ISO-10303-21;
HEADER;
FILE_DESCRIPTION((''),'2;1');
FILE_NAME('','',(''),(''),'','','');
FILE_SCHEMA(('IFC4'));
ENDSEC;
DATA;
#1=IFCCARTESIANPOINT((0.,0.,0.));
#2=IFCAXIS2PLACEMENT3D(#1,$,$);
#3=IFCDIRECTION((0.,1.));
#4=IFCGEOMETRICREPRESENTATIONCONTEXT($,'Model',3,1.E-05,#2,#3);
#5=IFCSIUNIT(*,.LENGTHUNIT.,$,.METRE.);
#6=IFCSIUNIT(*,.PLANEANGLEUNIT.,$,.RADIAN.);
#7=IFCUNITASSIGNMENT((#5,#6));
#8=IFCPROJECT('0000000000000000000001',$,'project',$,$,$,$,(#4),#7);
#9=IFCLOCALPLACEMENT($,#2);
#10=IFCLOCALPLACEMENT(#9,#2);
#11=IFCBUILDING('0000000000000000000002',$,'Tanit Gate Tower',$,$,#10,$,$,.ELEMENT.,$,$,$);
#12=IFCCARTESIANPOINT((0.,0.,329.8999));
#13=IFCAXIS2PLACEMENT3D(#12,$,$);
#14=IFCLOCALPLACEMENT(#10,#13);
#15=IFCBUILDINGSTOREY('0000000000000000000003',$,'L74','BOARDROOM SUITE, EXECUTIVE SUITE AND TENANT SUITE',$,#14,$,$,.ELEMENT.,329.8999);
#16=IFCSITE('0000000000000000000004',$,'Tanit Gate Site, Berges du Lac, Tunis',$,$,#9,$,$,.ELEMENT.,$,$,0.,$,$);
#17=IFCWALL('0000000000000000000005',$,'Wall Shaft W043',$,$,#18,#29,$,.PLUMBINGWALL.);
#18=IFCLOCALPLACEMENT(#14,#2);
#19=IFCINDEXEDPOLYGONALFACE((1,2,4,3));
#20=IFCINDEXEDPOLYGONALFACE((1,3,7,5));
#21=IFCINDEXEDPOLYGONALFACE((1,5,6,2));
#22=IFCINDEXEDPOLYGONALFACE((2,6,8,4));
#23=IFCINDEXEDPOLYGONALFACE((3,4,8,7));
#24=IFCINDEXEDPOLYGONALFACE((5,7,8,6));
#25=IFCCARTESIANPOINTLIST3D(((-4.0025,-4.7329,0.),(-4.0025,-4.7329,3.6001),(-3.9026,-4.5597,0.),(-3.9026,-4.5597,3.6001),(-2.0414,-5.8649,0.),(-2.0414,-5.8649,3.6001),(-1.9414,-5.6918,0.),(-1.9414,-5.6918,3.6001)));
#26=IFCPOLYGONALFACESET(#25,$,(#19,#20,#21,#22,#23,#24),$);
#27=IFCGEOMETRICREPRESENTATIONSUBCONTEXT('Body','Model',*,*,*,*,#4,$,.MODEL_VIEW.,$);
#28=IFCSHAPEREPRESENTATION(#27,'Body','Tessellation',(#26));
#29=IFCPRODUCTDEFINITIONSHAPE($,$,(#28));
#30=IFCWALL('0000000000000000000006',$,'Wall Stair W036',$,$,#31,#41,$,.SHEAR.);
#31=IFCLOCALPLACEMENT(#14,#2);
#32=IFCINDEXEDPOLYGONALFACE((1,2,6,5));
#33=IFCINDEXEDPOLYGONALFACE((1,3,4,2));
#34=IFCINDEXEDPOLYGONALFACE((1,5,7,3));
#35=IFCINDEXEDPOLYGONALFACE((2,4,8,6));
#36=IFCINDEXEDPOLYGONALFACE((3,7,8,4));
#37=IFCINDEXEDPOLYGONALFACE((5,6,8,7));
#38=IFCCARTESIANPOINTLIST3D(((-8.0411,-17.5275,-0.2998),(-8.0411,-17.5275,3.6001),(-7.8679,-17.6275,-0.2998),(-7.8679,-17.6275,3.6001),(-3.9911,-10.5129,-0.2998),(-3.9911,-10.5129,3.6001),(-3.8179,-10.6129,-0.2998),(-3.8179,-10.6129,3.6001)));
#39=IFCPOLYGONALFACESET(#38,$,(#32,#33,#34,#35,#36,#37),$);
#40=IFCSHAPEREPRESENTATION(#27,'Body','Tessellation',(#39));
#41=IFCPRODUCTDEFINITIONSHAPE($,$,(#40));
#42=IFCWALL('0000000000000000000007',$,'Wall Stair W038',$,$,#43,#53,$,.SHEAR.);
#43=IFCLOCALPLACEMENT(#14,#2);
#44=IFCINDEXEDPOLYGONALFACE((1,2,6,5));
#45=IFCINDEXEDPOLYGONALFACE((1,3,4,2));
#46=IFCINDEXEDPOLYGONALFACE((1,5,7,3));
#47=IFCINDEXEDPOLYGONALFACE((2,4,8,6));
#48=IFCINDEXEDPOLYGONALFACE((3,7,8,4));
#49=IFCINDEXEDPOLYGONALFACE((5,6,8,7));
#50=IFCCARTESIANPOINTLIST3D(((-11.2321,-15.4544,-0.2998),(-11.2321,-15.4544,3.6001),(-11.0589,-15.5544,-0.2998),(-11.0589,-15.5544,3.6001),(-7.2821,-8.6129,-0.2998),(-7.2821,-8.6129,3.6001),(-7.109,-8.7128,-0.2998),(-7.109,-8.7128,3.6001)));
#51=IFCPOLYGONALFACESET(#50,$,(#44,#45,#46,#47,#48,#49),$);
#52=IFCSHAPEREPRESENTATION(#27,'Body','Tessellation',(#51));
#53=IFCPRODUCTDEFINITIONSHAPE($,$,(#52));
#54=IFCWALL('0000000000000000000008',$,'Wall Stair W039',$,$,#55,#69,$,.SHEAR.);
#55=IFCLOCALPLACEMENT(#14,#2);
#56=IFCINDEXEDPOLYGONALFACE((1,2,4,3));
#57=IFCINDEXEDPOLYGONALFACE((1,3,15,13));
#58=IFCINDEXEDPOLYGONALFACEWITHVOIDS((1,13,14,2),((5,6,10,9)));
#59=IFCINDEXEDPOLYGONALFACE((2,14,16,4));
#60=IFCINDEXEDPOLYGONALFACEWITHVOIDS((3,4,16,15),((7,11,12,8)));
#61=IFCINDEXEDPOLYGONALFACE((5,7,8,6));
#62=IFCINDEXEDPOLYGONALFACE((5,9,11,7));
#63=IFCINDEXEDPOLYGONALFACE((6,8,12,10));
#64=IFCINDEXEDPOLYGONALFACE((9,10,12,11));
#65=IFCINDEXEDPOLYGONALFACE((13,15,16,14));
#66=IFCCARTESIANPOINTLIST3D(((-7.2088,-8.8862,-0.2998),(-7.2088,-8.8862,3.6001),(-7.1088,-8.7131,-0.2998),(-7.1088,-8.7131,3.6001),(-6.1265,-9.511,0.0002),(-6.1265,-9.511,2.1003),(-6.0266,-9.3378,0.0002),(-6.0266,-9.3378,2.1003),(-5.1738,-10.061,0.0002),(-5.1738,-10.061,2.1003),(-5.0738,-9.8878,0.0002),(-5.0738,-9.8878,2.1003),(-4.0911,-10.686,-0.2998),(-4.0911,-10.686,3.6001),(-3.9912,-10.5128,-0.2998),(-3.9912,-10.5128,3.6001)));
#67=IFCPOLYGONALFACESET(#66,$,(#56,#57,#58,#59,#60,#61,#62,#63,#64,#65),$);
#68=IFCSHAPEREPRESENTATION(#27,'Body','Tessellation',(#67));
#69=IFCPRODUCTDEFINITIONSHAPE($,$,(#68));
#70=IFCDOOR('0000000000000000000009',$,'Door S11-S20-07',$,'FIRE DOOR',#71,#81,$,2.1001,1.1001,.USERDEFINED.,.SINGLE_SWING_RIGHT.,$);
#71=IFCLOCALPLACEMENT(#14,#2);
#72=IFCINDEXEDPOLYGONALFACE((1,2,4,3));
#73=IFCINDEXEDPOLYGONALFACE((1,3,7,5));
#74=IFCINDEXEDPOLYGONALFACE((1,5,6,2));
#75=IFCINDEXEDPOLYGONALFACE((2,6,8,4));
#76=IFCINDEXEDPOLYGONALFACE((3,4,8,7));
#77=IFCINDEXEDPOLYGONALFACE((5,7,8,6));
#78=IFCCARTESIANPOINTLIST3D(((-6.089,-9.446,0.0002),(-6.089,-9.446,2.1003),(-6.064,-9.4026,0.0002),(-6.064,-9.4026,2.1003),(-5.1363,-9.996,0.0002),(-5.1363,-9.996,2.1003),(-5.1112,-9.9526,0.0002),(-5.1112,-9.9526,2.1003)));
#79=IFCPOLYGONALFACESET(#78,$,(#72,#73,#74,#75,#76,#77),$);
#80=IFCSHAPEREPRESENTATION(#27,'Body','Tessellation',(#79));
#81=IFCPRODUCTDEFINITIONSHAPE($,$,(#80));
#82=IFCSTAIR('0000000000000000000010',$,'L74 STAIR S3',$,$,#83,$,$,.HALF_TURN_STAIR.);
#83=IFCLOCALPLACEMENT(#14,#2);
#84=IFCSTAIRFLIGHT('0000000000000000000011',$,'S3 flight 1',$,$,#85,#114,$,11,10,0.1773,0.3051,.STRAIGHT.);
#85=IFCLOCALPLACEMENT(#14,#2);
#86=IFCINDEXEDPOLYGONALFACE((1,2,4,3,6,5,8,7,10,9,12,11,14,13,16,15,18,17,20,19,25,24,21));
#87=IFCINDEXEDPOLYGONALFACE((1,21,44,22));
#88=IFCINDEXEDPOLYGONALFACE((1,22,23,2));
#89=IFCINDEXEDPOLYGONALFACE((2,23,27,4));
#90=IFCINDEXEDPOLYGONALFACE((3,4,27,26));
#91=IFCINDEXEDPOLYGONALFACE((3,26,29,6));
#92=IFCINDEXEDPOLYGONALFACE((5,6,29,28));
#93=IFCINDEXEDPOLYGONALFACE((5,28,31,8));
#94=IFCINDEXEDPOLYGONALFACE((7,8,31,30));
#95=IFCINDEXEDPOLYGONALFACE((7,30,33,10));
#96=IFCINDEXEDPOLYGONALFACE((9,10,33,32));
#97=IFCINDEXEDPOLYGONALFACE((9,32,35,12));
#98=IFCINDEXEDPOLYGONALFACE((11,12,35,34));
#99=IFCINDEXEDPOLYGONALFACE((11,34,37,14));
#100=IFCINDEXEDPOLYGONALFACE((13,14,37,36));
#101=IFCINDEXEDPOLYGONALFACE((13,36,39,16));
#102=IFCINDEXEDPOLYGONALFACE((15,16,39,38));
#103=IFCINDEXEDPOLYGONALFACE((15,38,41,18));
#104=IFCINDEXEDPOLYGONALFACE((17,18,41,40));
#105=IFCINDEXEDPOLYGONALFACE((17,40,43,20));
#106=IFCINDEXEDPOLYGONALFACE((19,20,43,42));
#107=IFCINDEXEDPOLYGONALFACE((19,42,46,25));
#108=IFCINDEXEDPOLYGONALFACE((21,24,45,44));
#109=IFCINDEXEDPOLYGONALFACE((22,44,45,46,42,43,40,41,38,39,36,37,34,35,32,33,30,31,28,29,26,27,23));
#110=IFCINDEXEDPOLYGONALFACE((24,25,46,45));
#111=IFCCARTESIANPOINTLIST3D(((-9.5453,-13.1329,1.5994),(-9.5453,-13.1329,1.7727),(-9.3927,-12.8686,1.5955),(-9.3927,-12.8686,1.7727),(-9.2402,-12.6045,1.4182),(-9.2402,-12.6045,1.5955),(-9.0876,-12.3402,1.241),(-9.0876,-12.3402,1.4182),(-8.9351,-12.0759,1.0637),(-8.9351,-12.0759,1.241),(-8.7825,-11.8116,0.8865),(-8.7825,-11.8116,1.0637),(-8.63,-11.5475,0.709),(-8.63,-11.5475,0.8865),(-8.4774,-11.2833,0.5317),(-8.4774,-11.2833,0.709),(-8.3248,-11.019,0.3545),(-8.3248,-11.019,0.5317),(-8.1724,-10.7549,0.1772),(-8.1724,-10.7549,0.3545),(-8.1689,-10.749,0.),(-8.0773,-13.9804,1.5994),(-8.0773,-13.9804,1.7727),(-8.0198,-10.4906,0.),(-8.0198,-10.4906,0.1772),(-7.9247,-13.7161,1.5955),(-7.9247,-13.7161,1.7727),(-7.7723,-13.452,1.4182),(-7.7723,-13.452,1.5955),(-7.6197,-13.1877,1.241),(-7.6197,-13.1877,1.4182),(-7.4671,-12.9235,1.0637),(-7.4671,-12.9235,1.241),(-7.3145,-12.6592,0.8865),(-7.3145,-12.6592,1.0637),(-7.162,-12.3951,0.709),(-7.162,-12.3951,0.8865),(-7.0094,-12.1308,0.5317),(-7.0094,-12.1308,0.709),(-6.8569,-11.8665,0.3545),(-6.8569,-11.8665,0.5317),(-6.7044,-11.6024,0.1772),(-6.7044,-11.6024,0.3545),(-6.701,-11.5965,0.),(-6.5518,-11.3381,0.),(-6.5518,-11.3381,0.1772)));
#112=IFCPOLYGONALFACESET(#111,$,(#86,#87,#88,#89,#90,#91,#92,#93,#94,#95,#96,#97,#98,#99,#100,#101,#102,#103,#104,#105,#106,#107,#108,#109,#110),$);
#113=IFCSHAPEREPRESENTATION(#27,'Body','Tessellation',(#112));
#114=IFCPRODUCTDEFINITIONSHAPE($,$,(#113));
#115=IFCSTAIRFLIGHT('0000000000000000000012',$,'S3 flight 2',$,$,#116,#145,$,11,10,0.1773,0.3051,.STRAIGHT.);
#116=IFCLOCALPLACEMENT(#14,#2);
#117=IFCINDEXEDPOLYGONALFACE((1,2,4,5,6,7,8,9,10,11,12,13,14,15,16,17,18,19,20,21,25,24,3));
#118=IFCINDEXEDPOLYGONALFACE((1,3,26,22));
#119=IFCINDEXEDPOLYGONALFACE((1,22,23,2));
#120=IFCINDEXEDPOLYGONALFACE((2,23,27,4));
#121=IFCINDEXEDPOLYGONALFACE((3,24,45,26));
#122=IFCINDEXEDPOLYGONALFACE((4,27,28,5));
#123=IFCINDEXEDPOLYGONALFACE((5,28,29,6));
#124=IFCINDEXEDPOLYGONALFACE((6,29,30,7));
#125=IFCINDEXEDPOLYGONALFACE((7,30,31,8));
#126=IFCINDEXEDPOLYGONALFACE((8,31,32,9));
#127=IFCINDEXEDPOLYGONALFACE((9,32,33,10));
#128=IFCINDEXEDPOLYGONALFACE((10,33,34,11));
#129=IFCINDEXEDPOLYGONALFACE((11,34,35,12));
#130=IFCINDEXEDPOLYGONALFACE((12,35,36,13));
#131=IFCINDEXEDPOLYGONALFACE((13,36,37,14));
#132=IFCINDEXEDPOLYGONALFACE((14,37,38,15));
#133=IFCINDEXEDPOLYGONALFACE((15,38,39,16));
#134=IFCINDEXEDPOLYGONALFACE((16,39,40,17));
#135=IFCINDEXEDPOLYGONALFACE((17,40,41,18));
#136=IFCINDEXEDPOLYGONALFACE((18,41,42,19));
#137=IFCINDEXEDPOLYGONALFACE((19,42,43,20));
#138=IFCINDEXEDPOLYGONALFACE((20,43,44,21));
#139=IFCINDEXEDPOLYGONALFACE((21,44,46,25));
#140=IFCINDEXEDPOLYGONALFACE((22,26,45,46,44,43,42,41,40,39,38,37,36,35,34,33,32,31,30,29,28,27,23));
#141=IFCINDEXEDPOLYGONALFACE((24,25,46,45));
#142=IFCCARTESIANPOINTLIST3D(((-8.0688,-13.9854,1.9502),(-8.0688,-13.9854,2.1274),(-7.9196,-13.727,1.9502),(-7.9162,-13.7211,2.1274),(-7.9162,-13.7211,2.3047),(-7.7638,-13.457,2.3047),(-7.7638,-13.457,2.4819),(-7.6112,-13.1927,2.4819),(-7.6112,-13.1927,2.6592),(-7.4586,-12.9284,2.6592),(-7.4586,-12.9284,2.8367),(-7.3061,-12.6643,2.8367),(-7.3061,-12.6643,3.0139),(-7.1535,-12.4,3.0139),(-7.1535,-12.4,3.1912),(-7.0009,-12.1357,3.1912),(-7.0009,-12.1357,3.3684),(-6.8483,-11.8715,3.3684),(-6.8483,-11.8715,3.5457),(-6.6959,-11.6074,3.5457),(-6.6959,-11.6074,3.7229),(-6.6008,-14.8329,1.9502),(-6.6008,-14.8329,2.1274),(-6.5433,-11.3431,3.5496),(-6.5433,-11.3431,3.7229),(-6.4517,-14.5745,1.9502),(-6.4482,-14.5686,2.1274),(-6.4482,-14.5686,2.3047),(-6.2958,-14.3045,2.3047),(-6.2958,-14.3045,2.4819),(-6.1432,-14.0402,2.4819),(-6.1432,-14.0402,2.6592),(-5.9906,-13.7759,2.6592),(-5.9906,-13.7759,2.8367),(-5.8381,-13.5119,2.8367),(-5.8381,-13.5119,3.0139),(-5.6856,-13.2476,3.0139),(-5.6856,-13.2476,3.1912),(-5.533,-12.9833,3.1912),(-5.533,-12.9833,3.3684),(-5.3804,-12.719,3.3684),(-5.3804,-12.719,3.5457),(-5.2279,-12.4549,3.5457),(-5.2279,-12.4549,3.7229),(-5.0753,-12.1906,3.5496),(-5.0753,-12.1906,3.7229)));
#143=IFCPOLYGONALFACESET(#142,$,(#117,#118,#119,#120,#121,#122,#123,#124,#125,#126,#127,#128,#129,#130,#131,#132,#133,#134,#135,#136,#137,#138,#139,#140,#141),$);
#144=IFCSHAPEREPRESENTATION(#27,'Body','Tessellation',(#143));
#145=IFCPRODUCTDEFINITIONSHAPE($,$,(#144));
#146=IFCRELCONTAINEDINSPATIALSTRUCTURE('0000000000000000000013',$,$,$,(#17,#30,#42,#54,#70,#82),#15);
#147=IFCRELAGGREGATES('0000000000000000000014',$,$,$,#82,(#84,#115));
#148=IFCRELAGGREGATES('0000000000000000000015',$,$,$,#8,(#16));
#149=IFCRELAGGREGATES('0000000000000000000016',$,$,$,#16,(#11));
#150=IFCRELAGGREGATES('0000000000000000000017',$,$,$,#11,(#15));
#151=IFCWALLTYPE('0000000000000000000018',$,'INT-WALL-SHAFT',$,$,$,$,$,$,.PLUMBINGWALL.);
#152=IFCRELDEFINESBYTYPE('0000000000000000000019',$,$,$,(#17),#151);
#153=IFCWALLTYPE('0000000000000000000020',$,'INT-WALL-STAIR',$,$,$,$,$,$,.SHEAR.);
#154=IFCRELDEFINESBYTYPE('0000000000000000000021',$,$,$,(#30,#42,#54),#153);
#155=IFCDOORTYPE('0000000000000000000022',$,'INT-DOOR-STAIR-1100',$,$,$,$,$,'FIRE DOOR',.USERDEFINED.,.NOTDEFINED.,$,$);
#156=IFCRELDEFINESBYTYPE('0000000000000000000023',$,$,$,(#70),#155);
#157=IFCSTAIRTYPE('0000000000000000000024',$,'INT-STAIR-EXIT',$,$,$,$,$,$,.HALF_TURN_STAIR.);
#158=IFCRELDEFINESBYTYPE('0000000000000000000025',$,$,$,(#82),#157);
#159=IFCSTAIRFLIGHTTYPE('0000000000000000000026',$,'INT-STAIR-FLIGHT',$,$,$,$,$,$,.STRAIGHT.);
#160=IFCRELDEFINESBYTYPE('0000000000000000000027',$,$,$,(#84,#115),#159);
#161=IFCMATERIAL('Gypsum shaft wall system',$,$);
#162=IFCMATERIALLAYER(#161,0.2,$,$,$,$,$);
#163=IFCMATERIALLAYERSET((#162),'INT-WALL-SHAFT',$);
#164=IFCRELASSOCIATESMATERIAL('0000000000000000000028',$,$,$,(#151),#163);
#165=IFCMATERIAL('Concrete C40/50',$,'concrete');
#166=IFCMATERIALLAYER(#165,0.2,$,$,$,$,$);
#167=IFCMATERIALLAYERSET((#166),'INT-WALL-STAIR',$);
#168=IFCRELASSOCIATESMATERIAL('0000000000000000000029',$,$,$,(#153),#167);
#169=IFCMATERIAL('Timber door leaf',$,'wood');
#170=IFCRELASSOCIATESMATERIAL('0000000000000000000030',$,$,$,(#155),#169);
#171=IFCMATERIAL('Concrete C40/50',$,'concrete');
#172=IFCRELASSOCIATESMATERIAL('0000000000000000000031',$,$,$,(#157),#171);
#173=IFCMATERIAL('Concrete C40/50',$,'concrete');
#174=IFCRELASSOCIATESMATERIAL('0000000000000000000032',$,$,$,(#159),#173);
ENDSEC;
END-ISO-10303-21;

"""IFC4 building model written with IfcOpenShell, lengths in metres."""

from ifc_helpers import new_model, si_unit, direction, frame, frame_2d, origin, place, context, subcontext, project, spatial, polyline, rectangle, outline, extrude, material, layer, layer_set, type_object, element, fill, aggregate, save


model = new_model("IFC4")

# Units and contexts
model_context = context("Model", 3, precision=1e-05, world=origin(), true_north=direction((0.0, 1.0)))
body_context = subcontext(model_context, "Body", "Model", "MODEL_VIEW")
ifc_project = project(units=[si_unit("LENGTHUNIT", "METRE"), si_unit("PLANEANGLEUNIT", "RADIAN")], contexts=[model_context])

# Site, building, storey
site_placement = place(None, origin())
site = spatial("IfcSite", under=ifc_project, at=site_placement, Name="Tanit Gate Site, Berges du Lac, Tunis", CompositionType="ELEMENT", RefElevation=0.0)
building_placement = place(site_placement, origin())
building = spatial("IfcBuilding", under=site, at=building_placement, Name="Tanit Gate Tower", CompositionType="ELEMENT")
storey_placement = place(building_placement, frame((0.0, 0.0, 329.8999)))
storey = spatial("IfcBuildingStorey", under=building, at=storey_placement, Name="L74", Description="BOARDROOM SUITE, EXECUTIVE SUITE AND TENANT SUITE", CompositionType="ELEMENT", Elevation=329.8999)

# Shared definitions
ifc_material_1 = material(Name="Gypsum shaft wall system")
ifc_layer_1 = layer(ifc_material_1, 0.2)
ifc_layer_set_1 = layer_set([ifc_layer_1], Name="INT-WALL-SHAFT")
wall_type_1 = type_object("IfcWallType", Name="INT-WALL-SHAFT", PredefinedType="PLUMBINGWALL", material=ifc_layer_set_1)

# Walls
wall_1_placement = place(storey_placement, frame((-3.9526, -4.6462, 0.0), z_axis=(0.0, 0.0, 1.0), x_axis=(0.866065, -0.499931, 0.0)))
element("IfcWall", 1, at=wall_1_placement, inside=storey, type_object=wall_type_1, Name="Wall Shaft W043", PredefinedType="PLUMBINGWALL", context=body_context, shape_type="SweptSolid", body=[
    extrude(rectangle(XDim=2.2644, YDim=0.2, at=frame_2d((1.1323, 0.0))), origin(), (0.0, 0.0, 1.0), 3.6001),
])
ifc_material_2 = material(Name="Concrete C40/50", Category="concrete")
ifc_layer_2 = layer(ifc_material_2, 0.2)
ifc_layer_set_2 = layer_set([ifc_layer_2], Name="INT-WALL-STAIR")
wall_type_2 = type_object("IfcWallType", Name="INT-WALL-STAIR", PredefinedType="SHEAR", material=ifc_layer_set_2)
wall_2_placement = place(storey_placement, frame((-3.9045, -10.563, -0.2998), z_axis=(0.0, 0.0, 1.0), x_axis=(-0.500013, -0.866018, 0.0)))
element("IfcWall", 2, at=wall_2_placement, inside=storey, type_object=wall_type_2, Name="Wall Stair W036", PredefinedType="SHEAR", context=body_context, shape_type="SweptSolid", body=[
    extrude(rectangle(XDim=8.0999, YDim=0.2, at=frame_2d((4.0498, 0.0))), origin(), (0.0, 0.0, 1.0), 3.8999),
])
wall_3_placement = place(storey_placement, frame((-7.1956, -8.6628, -0.2998), z_axis=(0.0, 0.0, 1.0), x_axis=(-0.499998, -0.866027, 0.0)))
element("IfcWall", 3, at=wall_3_placement, inside=storey, type_object=wall_type_2, Name="Wall Stair W038", PredefinedType="SHEAR", context=body_context, shape_type="SweptSolid", body=[
    extrude(rectangle(XDim=7.8999, YDim=0.2, at=frame_2d((3.95, 0.0))), origin(), (0.0, 0.0, 1.0), 3.8999),
])

# Wall, opening, door
wall_4_placement = place(storey_placement, frame((-4.0413, -10.5994, -0.2998), z_axis=(0.0, 0.0, 1.0), x_axis=(-0.866048, 0.499961, 0.0)))
wall_4 = element("IfcWall", 4, at=wall_4_placement, inside=storey, type_object=wall_type_2, Name="Wall Stair W039", PredefinedType="SHEAR", context=body_context, shape_type="SweptSolid", body=[
    extrude(rectangle(XDim=3.5999, YDim=0.2, at=frame_2d((1.7998, 0.0))), origin(), (0.0, 0.0, 1.0), 3.8999),
])
opening_1_placement = place(wall_4_placement, frame((1.25, 0.0, 0.3)))
opening_1 = element("IfcOpeningElement", 5, at=opening_1_placement, cuts=wall_4, PredefinedType="OPENING", context=body_context, shape_type="SweptSolid", body=[
    extrude(rectangle(XDim=1.1001, YDim=2.1001, at=frame_2d((0.55, 1.05))), frame((0.0, 0.1099, 0.0), z_axis=(0.0, -1.0, 0.0), x_axis=(1.0, 0.0, 0.0)), (0.0, 0.0, 1.0), 0.22),
])
ifc_material_3 = material(Name="Timber door leaf", Category="wood")
door_type_1 = type_object("IfcDoorType", Name="INT-DOOR-STAIR-1100", ElementType="FIRE DOOR", OperationType="NOTDEFINED", PredefinedType="USERDEFINED", material=ifc_material_3)
door_1_placement = place(opening_1_placement, origin())
door_1 = element("IfcDoor", 6, at=door_1_placement, inside=storey, type_object=door_type_1, Name="Door S11-S20-07", ObjectType="FIRE DOOR", OperationType="SINGLE_SWING_RIGHT", OverallHeight=2.1001, OverallWidth=1.1001, PredefinedType="USERDEFINED", context=body_context, shape_type="SweptSolid", body=[
    extrude(rectangle(XDim=1.1001, YDim=2.1001, at=frame_2d((0.55, 1.05))), frame((0.0, 0.0249, 0.0), z_axis=(0.0, -1.0, 0.0), x_axis=(1.0, 0.0, 0.0)), (0.0, 0.0, 1.0), 0.05),
])
fill(opening_1, door_1)

# Stair, stair flights
ifc_material_4 = material(Name="Concrete C40/50", Category="concrete")
stair_type = type_object("IfcStairType", Name="INT-STAIR-EXIT", PredefinedType="HALF_TURN_STAIR", material=ifc_material_4)
stair_placement = place(storey_placement, origin())
stair = element("IfcStair", 7, at=stair_placement, inside=storey, type_object=stair_type, Name="L74 STAIR S3", PredefinedType="HALF_TURN_STAIR")
ifc_material_5 = material(Name="Concrete C40/50", Category="concrete")
stair_flight_type = type_object("IfcStairFlightType", Name="INT-STAIR-FLIGHT", PredefinedType="STRAIGHT", material=ifc_material_5)
stair_flight_1_placement = place(storey_placement, frame((-7.2859, -10.9143, 0.0), z_axis=(0.0, 0.0, 1.0), x_axis=(-0.5, -0.866025, 0.0)))
stair_flight_1 = element("IfcStairFlight", 8, at=stair_flight_1_placement, type_object=stair_flight_type, Name="S3 flight 1", NumberOfRisers=11, NumberOfTreads=10, PredefinedType="STRAIGHT", RiserHeight=0.1773, TreadLength=0.3051, context=body_context, shape_type="SweptSolid", body=[
    extrude(outline(polyline([(0.0, 0.0), (0.0, 0.1772), (0.3052, 0.1772), (0.3052, 0.3545), (0.6101, 0.3545), (0.6101, 0.5317), (0.9153, 0.5317), (0.9153, 0.709), (1.2205, 0.709), (1.2205, 0.8865), (1.5254, 0.8865), (1.5254, 1.0637), (1.8306, 1.0637), (1.8306, 1.241), (2.1357, 1.241), (2.1357, 1.4182), (2.4409, 1.4182), (2.4409, 1.5955), (2.7458, 1.5955), (2.7458, 1.7727), (3.051, 1.7727), (3.051, 1.95), (3.051, 1.5994), (0.2983, 0.0), (0.0, 0.0)])), frame((0.0, 0.8477, 0.0), z_axis=(0.0, -1.0, 0.0), x_axis=(1.0, 0.0, 0.0)), (0.0, 0.0, 1.0), 1.6951),
])
stair_flight_2_placement = place(storey_placement, frame((-7.3347, -14.4092, 1.9502), z_axis=(0.0, 0.0, 1.0), x_axis=(0.5, 0.866025, 0.0)))
stair_flight_2 = element("IfcStairFlight", 9, at=stair_flight_2_placement, type_object=stair_flight_type, Name="S3 flight 2", NumberOfRisers=11, NumberOfTreads=10, PredefinedType="STRAIGHT", RiserHeight=0.1773, TreadLength=0.3051, context=body_context, shape_type="SweptSolid", body=[
    extrude(outline(polyline([(0.0, 0.0), (0.0, 0.1772), (0.3052, 0.1772), (0.3052, 0.3545), (0.6101, 0.3545), (0.6101, 0.5317), (0.9153, 0.5317), (0.9153, 0.709), (1.2205, 0.709), (1.2205, 0.8865), (1.5254, 0.8865), (1.5254, 1.0637), (1.8306, 1.0637), (1.8306, 1.241), (2.1357, 1.241), (2.1357, 1.4182), (2.4409, 1.4182), (2.4409, 1.5955), (2.7458, 1.5955), (2.7458, 1.7727), (3.051, 1.7727), (3.051, 1.95), (3.051, 1.5994), (0.2983, 0.0), (0.0, 0.0)])), frame((0.0, 0.8477, 0.0), z_axis=(0.0, -1.0, 0.0), x_axis=(1.0, 0.0, 0.0)), (0.0, 0.0, 1.0), 1.6951),
])
aggregate(stair, [stair_flight_1, stair_flight_2])

save(model, "model.ifc")
